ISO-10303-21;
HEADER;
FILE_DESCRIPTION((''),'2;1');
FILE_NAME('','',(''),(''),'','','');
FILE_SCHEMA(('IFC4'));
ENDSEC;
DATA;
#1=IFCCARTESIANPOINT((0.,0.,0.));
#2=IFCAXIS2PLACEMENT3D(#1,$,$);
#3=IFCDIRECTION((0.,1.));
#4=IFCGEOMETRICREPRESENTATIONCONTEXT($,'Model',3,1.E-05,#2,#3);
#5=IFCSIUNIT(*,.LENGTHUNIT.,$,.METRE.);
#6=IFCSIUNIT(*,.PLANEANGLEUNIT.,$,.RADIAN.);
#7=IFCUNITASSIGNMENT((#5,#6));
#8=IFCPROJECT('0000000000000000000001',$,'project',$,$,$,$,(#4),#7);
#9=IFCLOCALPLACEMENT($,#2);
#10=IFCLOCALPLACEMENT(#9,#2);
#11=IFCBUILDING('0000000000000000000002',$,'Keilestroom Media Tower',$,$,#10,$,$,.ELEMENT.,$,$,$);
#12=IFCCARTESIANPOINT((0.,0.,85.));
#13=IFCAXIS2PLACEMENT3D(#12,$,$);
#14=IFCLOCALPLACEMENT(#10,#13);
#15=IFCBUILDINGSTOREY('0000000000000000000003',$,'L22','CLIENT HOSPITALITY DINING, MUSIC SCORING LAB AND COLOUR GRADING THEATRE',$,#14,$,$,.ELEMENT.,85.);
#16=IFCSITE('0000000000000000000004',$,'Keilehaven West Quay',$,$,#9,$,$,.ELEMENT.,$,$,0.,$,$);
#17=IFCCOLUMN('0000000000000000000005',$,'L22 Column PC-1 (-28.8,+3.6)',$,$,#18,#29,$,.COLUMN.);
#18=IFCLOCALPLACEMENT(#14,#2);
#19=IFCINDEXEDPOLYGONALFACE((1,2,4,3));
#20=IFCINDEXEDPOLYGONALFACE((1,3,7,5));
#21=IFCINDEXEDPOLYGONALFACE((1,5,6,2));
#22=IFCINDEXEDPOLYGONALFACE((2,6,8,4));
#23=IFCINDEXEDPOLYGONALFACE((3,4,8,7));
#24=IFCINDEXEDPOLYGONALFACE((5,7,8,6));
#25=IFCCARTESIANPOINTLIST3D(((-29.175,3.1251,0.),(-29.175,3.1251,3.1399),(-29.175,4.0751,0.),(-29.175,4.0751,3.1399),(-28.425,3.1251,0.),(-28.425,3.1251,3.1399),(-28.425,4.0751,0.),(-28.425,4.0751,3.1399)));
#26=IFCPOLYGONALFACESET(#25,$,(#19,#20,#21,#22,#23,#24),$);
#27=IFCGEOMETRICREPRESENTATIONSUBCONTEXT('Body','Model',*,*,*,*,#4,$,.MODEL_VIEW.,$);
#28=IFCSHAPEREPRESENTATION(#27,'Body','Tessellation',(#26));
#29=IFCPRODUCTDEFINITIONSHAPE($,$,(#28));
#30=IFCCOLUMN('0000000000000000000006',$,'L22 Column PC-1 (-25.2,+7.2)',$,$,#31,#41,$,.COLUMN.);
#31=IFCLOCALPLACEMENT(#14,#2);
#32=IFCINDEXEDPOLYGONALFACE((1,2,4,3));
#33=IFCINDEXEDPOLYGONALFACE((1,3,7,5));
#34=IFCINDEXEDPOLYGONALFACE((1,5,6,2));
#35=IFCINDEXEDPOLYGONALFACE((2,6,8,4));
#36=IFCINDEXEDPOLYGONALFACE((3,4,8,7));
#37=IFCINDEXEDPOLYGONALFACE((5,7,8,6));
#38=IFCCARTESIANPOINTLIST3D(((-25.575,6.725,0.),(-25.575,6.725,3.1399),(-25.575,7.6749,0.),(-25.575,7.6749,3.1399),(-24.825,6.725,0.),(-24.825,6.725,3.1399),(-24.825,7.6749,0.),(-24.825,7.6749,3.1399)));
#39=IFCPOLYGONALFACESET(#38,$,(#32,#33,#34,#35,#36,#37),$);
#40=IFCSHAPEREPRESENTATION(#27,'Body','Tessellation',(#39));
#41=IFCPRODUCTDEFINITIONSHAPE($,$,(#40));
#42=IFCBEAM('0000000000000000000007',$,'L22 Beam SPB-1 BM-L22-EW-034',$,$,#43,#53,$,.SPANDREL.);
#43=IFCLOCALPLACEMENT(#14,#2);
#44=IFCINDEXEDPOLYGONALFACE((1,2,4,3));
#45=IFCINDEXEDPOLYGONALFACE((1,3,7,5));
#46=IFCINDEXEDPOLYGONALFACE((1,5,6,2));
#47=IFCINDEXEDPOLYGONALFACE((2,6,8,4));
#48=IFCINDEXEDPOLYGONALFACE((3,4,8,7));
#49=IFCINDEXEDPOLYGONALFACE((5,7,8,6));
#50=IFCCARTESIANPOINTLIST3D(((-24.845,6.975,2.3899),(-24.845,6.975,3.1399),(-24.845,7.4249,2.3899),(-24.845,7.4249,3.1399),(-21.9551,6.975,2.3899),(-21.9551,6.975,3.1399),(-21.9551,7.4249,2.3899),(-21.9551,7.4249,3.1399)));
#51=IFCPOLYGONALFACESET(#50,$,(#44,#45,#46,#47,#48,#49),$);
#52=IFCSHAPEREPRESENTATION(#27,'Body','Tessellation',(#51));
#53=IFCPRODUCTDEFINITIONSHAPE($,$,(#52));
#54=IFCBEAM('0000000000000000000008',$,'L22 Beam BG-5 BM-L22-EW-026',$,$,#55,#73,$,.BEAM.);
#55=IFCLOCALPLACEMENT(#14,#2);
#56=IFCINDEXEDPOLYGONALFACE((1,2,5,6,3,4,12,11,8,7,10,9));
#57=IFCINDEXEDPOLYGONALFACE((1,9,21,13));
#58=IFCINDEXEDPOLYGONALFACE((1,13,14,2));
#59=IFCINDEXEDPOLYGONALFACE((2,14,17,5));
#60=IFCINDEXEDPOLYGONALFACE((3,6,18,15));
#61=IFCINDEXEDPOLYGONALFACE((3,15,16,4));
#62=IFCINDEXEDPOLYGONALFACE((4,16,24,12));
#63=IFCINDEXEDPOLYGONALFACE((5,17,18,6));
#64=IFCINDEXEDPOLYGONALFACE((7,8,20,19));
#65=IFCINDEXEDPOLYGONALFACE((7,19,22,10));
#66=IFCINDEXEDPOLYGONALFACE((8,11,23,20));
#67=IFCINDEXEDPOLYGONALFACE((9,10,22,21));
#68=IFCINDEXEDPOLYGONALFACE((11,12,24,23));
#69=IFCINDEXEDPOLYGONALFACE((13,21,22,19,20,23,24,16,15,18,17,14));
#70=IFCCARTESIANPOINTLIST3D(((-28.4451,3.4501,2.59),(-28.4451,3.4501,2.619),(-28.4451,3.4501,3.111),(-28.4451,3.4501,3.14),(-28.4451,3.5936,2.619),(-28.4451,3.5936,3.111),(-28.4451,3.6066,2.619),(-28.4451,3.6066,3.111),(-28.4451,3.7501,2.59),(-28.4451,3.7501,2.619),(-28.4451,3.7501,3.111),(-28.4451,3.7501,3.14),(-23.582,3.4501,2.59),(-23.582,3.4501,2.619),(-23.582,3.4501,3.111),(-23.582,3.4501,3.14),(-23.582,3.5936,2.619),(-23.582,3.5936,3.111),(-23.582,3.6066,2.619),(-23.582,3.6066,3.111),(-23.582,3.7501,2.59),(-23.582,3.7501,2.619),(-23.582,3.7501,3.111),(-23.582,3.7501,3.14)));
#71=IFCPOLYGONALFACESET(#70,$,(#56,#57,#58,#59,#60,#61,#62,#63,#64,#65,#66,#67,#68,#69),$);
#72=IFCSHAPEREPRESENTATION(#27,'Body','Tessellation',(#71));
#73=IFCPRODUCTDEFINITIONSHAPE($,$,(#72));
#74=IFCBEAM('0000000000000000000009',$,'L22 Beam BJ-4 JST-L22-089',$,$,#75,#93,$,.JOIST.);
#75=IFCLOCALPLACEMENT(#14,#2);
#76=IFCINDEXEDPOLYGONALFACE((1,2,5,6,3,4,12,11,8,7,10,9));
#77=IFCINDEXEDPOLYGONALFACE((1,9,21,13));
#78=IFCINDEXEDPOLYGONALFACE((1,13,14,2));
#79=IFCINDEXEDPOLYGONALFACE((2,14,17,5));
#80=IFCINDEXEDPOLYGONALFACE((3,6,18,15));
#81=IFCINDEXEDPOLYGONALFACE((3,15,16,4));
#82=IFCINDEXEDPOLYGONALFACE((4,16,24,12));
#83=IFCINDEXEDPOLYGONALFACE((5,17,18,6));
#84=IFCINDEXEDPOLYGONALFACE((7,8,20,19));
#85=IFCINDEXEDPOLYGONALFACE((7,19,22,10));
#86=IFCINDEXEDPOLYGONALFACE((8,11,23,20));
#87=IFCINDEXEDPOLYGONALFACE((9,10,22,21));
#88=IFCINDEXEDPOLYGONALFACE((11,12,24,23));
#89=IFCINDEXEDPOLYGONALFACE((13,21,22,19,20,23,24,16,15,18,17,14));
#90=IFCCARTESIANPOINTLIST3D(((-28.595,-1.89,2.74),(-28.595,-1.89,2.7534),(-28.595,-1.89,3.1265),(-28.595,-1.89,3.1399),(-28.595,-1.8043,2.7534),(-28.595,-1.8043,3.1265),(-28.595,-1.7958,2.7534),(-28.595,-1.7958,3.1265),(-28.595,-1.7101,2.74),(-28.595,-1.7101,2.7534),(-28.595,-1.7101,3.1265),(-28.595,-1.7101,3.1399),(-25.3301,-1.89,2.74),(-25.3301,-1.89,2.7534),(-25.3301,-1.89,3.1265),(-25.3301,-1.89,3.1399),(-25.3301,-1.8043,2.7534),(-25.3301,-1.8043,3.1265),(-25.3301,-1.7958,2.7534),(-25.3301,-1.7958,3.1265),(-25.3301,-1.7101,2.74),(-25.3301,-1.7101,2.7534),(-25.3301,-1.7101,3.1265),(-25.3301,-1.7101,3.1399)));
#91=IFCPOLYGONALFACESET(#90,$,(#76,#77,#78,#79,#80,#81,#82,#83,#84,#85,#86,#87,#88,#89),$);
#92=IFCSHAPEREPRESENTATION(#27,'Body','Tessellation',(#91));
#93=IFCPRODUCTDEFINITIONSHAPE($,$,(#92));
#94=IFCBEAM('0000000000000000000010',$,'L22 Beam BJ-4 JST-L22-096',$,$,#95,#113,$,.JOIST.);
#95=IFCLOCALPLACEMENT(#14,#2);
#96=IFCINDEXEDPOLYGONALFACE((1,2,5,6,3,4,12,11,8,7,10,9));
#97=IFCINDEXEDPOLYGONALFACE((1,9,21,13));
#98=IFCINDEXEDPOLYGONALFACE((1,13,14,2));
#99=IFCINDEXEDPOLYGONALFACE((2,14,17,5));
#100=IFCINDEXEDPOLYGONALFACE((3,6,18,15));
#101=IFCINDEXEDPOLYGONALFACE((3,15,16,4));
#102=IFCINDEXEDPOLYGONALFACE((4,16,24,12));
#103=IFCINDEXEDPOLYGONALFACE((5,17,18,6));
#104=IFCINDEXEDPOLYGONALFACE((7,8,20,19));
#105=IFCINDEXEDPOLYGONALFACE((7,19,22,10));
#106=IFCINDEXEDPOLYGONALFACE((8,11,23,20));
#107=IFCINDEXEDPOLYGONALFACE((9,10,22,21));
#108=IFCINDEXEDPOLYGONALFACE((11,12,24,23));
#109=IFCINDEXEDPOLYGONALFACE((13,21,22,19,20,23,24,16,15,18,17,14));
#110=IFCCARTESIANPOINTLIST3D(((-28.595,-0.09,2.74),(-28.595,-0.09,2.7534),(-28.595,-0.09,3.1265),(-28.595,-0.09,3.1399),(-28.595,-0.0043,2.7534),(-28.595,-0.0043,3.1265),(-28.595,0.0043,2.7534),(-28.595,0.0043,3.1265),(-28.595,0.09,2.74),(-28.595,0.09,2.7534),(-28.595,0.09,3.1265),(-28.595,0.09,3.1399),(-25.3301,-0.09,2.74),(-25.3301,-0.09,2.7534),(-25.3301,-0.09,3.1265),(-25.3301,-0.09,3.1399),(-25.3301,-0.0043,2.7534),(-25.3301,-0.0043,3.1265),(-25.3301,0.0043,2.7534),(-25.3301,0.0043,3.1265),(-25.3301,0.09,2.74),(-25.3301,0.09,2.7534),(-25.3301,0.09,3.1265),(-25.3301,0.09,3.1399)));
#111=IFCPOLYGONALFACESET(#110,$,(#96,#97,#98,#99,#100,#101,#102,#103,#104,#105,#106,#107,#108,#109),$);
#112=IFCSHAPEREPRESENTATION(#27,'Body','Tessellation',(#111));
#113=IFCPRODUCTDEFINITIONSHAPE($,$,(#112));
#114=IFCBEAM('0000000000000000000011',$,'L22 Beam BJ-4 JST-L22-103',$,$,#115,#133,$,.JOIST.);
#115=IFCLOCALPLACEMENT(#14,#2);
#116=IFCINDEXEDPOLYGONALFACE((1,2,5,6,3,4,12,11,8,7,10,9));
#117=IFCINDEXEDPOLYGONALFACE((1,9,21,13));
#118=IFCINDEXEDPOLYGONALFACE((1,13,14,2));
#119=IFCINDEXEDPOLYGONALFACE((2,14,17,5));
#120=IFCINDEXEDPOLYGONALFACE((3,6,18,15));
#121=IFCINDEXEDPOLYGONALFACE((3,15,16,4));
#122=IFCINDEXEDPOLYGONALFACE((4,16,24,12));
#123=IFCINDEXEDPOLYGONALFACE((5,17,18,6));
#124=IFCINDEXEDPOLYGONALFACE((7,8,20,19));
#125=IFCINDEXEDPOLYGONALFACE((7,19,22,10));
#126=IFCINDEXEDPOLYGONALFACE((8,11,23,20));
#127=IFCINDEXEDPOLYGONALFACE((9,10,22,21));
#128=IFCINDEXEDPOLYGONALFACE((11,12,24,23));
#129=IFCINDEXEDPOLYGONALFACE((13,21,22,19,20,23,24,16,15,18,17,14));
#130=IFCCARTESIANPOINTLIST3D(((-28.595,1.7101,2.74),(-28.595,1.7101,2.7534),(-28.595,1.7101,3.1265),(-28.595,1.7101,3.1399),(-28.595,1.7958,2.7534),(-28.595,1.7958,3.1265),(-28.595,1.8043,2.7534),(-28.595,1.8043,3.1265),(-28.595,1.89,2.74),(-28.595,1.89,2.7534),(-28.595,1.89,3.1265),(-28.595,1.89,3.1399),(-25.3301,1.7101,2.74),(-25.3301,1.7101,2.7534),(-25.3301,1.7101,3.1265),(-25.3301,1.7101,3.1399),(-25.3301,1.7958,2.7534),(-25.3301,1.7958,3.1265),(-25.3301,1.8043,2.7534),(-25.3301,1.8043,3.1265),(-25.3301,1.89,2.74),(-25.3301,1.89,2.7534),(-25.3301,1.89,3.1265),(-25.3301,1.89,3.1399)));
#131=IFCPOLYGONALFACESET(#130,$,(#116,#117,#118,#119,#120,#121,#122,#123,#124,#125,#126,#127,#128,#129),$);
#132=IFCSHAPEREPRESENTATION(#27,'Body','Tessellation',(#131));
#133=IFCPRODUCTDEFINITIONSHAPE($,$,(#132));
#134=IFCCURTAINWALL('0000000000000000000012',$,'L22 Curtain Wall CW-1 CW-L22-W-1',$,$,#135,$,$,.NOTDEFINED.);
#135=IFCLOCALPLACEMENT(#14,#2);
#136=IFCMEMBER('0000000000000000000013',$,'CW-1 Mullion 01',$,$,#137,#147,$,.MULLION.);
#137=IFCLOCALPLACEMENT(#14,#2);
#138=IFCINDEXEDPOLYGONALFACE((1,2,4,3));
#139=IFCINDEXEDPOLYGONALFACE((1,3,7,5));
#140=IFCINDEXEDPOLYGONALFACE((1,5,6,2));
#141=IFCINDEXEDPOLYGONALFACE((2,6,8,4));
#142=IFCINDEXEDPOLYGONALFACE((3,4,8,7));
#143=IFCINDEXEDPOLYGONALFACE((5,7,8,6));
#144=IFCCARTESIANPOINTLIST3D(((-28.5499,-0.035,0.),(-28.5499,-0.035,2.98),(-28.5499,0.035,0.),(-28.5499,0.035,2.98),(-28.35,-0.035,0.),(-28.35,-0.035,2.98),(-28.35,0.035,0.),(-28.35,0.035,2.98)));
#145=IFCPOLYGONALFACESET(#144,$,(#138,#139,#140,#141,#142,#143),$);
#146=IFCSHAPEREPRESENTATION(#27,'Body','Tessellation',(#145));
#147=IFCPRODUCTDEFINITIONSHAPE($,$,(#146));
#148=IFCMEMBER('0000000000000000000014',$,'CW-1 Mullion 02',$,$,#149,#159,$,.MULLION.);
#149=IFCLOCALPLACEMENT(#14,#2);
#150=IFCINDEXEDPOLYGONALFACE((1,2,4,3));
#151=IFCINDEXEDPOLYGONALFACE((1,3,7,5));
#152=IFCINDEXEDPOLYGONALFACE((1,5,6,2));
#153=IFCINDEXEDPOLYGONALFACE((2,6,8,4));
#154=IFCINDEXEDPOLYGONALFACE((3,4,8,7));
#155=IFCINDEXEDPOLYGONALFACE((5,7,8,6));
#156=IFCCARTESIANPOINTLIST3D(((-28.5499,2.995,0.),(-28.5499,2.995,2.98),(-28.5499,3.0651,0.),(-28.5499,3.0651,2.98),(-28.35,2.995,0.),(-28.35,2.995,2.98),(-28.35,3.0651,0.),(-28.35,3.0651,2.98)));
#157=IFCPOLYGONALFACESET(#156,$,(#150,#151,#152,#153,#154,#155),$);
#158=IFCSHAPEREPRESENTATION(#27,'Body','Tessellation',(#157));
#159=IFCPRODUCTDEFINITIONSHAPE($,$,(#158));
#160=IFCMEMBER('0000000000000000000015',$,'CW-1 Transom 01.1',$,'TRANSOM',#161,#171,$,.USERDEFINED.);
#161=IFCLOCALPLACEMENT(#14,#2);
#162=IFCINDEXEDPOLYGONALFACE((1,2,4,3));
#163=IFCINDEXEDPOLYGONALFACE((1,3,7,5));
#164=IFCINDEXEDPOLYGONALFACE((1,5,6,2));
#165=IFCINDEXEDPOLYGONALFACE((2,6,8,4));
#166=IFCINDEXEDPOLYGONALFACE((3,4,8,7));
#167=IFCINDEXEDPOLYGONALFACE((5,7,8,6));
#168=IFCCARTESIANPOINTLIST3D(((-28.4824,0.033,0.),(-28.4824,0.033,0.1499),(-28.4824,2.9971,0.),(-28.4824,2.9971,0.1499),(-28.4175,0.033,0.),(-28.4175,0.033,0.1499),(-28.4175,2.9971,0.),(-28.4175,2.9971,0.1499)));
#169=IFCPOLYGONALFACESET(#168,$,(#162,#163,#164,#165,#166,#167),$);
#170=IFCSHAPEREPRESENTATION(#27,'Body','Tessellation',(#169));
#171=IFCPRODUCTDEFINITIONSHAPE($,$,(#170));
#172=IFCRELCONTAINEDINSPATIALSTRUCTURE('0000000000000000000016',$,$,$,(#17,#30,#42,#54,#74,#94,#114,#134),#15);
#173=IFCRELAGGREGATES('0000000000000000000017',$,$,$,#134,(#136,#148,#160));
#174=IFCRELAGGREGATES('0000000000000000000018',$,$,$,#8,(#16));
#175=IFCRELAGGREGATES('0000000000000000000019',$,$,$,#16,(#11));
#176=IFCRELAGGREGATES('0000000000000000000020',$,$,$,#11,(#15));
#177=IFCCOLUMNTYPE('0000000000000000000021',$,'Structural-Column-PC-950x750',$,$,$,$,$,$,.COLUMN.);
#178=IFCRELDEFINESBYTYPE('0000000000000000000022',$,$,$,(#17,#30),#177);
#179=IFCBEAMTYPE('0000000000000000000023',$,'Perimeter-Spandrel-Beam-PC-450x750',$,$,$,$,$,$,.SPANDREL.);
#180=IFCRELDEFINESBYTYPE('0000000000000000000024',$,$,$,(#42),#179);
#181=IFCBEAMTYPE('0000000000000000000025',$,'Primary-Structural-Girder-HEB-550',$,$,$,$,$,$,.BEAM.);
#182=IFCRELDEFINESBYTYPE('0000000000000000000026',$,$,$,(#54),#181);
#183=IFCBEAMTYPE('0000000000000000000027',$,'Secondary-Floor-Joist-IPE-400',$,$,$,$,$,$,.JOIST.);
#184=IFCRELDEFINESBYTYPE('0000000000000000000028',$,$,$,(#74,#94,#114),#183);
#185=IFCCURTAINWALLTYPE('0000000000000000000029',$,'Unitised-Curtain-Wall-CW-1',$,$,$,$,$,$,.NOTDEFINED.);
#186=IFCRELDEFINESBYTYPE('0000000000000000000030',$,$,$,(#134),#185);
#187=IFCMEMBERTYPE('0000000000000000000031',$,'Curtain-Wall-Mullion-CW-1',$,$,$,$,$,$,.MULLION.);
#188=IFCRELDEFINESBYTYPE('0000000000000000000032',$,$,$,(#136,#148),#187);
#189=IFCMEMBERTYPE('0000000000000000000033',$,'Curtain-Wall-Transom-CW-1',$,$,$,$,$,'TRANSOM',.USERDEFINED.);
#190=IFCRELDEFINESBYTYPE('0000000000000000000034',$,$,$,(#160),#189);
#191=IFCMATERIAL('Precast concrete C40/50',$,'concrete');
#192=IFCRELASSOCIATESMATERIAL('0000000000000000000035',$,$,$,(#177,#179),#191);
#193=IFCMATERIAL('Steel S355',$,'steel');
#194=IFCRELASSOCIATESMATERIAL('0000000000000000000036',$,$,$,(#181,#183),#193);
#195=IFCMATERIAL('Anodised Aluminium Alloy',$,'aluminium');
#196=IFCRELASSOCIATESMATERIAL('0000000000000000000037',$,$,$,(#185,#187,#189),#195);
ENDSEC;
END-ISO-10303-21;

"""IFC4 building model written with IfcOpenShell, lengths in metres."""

from ifc_helpers import new_model, si_unit, direction, frame, origin, origin_2d, place, context, subcontext, project, spatial, rectangle, i_section, extrude, source, transform, mapped, material, material_profile, profile_set, type_object, element, aggregate, save


model = new_model("IFC4")

# Units and contexts
model_context = context("Model", 3, precision=1e-05, world=origin(), true_north=direction((0.0, 1.0)))
body_context = subcontext(model_context, "Body", "Model", "MODEL_VIEW")
ifc_project = project(units=[si_unit("LENGTHUNIT", "METRE"), si_unit("PLANEANGLEUNIT", "RADIAN")], contexts=[model_context])

# Site, building, storey
site_placement = place(None, origin())
site = spatial("IfcSite", under=ifc_project, at=site_placement, Name="Keilehaven West Quay", CompositionType="ELEMENT", RefElevation=0.0)
building_placement = place(site_placement, origin())
building = spatial("IfcBuilding", under=site, at=building_placement, Name="Keilestroom Media Tower", CompositionType="ELEMENT")
storey_placement = place(building_placement, frame((0.0, 0.0, 85.0)))
storey = spatial("IfcBuildingStorey", under=building, at=storey_placement, Name="L22", Description="CLIENT HOSPITALITY DINING, MUSIC SCORING LAB AND COLOUR GRADING THEATRE", CompositionType="ELEMENT", Elevation=85.0)

# Columns
ifc_material_1 = material(Name="Precast concrete C40/50", Category="concrete")
ifc_material_profile_1 = material_profile(ifc_material_1, rectangle(XDim=0.75, YDim=0.95, at=origin_2d()), Name="PC 950x750")
ifc_profile_set_1 = profile_set([ifc_material_profile_1], Name="Precast concrete C40/50")
column_type = type_object("IfcColumnType", Name="Structural-Column-PC-950x750", PredefinedType="COLUMN", material=ifc_profile_set_1)
shared_shape_1 = source(origin(), body_context, "Body", "SweptSolid", [
    extrude(rectangle(XDim=0.75, YDim=0.95, at=origin_2d()), origin(), (0.0, 0.0, 1.0), 3.1399),
])
for number, where, z_axis, x_axis, name in (
    (1, (-28.8, 3.6001, 0.0), (0.0, 0.0, 1.0), (1.0, 0.0, 0.0), "L22 Column PC-1 (-28.8,+3.6)"),
    (2, (-25.2, 7.2, 0.0), (0.0, 0.0, 1.0), (1.0, 0.0, 0.0), "L22 Column PC-1 (-25.2,+7.2)"),
):
    element("IfcColumn", number, at=place(storey_placement, frame(where, z_axis=z_axis, x_axis=x_axis)), inside=storey, type_object=column_type, Name=name, PredefinedType="COLUMN", context=body_context, shape_type="MappedRepresentation", body=[
        mapped(shared_shape_1, transform((0.0, 0.0, 0.0), x_axis=(1.0, 0.0, 0.0), y_axis=(0.0, 1.0, 0.0), z_axis=(0.0, 0.0, 1.0), scale=1.0)),
    ])

# Beams
ifc_material_profile_2 = material_profile(ifc_material_1, rectangle(XDim=0.45, YDim=0.75, at=origin_2d()), Name="PC 450x750")
ifc_profile_set_2 = profile_set([ifc_material_profile_2], Name="Precast concrete C40/50")
beam_type_1 = type_object("IfcBeamType", Name="Perimeter-Spandrel-Beam-PC-450x750", PredefinedType="SPANDREL", material=ifc_profile_set_2)
shared_shape_2 = source(origin(), body_context, "Body", "SweptSolid", [
    extrude(rectangle(XDim=0.45, YDim=0.75, at=origin_2d()), origin(), (0.0, 0.0, 1.0), 2.8899),
])
beam_1_placement = place(storey_placement, frame((-24.845, 7.2, 2.7649), z_axis=(1.0, 0.0, 0.0), x_axis=(0.0, 1.0, 0.0)))
element("IfcBeam", 3, at=beam_1_placement, inside=storey, type_object=beam_type_1, Name="L22 Beam SPB-1 BM-L22-EW-034", PredefinedType="SPANDREL", context=body_context, shape_type="MappedRepresentation", body=[
    mapped(shared_shape_2, transform((0.0, 0.0, 0.0), x_axis=(1.0, 0.0, 0.0), y_axis=(0.0, 1.0, 0.0), z_axis=(0.0, 0.0, 1.0), scale=1.0)),
])
ifc_material_2 = material(Name="Steel S355", Category="steel")
ifc_material_profile_3 = material_profile(ifc_material_2, i_section(OverallWidth=0.3, OverallDepth=0.55, WebThickness=0.0129, FlangeThickness=0.0291, at=origin_2d()), Name="HEB 550")
ifc_profile_set_3 = profile_set([ifc_material_profile_3], Name="Steel S355")
beam_type_2 = type_object("IfcBeamType", Name="Primary-Structural-Girder-HEB-550", PredefinedType="BEAM", material=ifc_profile_set_3)
shared_shape_3 = source(origin(), body_context, "Body", "SweptSolid", [
    extrude(i_section(OverallWidth=0.3, OverallDepth=0.55, WebThickness=0.0129, FlangeThickness=0.0291, at=origin_2d()), origin(), (0.0, 0.0, 1.0), 4.863),
])
beam_2_placement = place(storey_placement, frame((-28.4451, 3.6001, 2.865), z_axis=(1.0, 0.0, 0.0), x_axis=(0.0, 1.0, 0.0)))
element("IfcBeam", 4, at=beam_2_placement, inside=storey, type_object=beam_type_2, Name="L22 Beam BG-5 BM-L22-EW-026", PredefinedType="BEAM", context=body_context, shape_type="MappedRepresentation", body=[
    mapped(shared_shape_3, transform((0.0, 0.0, 0.0), x_axis=(1.0, 0.0, 0.0), y_axis=(0.0, 1.0, 0.0), z_axis=(0.0, 0.0, 1.0), scale=1.0)),
])
ifc_material_profile_4 = material_profile(ifc_material_2, i_section(OverallWidth=0.1799, OverallDepth=0.3999, WebThickness=0.0085, FlangeThickness=0.0134, at=origin_2d()), Name="IPE 400")
ifc_profile_set_4 = profile_set([ifc_material_profile_4], Name="Steel S355")
beam_type_3 = type_object("IfcBeamType", Name="Secondary-Floor-Joist-IPE-400", PredefinedType="JOIST", material=ifc_profile_set_4)
shared_shape_4 = source(origin(), body_context, "Body", "SweptSolid", [
    extrude(i_section(OverallWidth=0.1799, OverallDepth=0.3999, WebThickness=0.0085, FlangeThickness=0.0134, at=origin_2d()), origin(), (0.0, 0.0, 1.0), 3.2649),
])
for number, where, z_axis, x_axis, name in (
    (5, (-28.595, -1.8, 2.9399), (1.0, 0.0, 0.0), (0.0, 1.0, 0.0), "L22 Beam BJ-4 JST-L22-089"),
    (6, (-28.595, 0.0, 2.9399), (1.0, 0.0, 0.0), (0.0, 1.0, 0.0), "L22 Beam BJ-4 JST-L22-096"),
    (7, (-28.595, 1.8, 2.9399), (1.0, 0.0, 0.0), (0.0, 1.0, 0.0), "L22 Beam BJ-4 JST-L22-103"),
):
    element("IfcBeam", number, at=place(storey_placement, frame(where, z_axis=z_axis, x_axis=x_axis)), inside=storey, type_object=beam_type_3, Name=name, PredefinedType="JOIST", context=body_context, shape_type="MappedRepresentation", body=[
        mapped(shared_shape_4, transform((0.0, 0.0, 0.0), x_axis=(1.0, 0.0, 0.0), y_axis=(0.0, 1.0, 0.0), z_axis=(0.0, 0.0, 1.0), scale=1.0)),
    ])

# Curtain wall, members
ifc_material_3 = material(Name="Anodised Aluminium Alloy", Category="aluminium")
curtain_wall_type = type_object("IfcCurtainWallType", Name="Unitised-Curtain-Wall-CW-1", PredefinedType="NOTDEFINED", material=ifc_material_3)
curtain_wall_placement = place(storey_placement, origin())
curtain_wall = element("IfcCurtainWall", 8, at=curtain_wall_placement, inside=storey, type_object=curtain_wall_type, Name="L22 Curtain Wall CW-1 CW-L22-W-1", PredefinedType="NOTDEFINED")
ifc_material_profile_5 = material_profile(ifc_material_3, rectangle(XDim=0.0701, YDim=0.2, at=origin_2d()), Name="ALU MULLION 70x200")
ifc_profile_set_5 = profile_set([ifc_material_profile_5], Name="Anodised Aluminium Alloy")
member_type_1 = type_object("IfcMemberType", Name="Curtain-Wall-Mullion-CW-1", PredefinedType="MULLION", material=ifc_profile_set_5)
shared_shape_5 = source(origin(), body_context, "Body", "SweptSolid", [
    extrude(rectangle(XDim=0.0701, YDim=0.2, at=origin_2d()), origin(), (0.0, 0.0, 1.0), 2.98),
])
member_1_placement = place(storey_placement, frame((-28.45, 0.0, 0.0), z_axis=(0.0, 0.0, 1.0), x_axis=(0.0, 1.0, 0.0)))
member_1 = element("IfcMember", 9, at=member_1_placement, type_object=member_type_1, Name="CW-1 Mullion 01", PredefinedType="MULLION", context=body_context, shape_type="MappedRepresentation", body=[
    mapped(shared_shape_5, transform((0.0, 0.0, 0.0), x_axis=(1.0, 0.0, 0.0), y_axis=(0.0, 1.0, 0.0), z_axis=(0.0, 0.0, 1.0), scale=1.0)),
])
member_2_placement = place(storey_placement, frame((-28.45, 3.03, 0.0), z_axis=(0.0, 0.0, 1.0), x_axis=(0.0, 1.0, 0.0)))
member_2 = element("IfcMember", 10, at=member_2_placement, type_object=member_type_1, Name="CW-1 Mullion 02", PredefinedType="MULLION", context=body_context, shape_type="MappedRepresentation", body=[
    mapped(shared_shape_5, transform((0.0, 0.0, 0.0), x_axis=(1.0, 0.0, 0.0), y_axis=(0.0, 1.0, 0.0), z_axis=(0.0, 0.0, 1.0), scale=1.0)),
])
ifc_material_profile_6 = material_profile(ifc_material_3, rectangle(XDim=0.0649, YDim=0.1499, at=origin_2d()), Name="ALU TRANSOM 65x150")
ifc_profile_set_6 = profile_set([ifc_material_profile_6], Name="Anodised Aluminium Alloy")
member_type_2 = type_object("IfcMemberType", Name="Curtain-Wall-Transom-CW-1", ElementType="TRANSOM", PredefinedType="USERDEFINED", material=ifc_profile_set_6)
shared_shape_6 = source(origin(), body_context, "Body", "SweptSolid", [
    extrude(rectangle(XDim=0.0649, YDim=0.1499, at=origin_2d()), origin(), (0.0, 0.0, 1.0), 2.9641),
])
member_3_placement = place(storey_placement, frame((-28.45, 0.033, 0.075), z_axis=(0.0, 1.0, 0.0), x_axis=(-1.0, 0.0, 0.0)))
member_3 = element("IfcMember", 11, at=member_3_placement, type_object=member_type_2, Name="CW-1 Transom 01.1", ObjectType="TRANSOM", PredefinedType="USERDEFINED", context=body_context, shape_type="MappedRepresentation", body=[
    mapped(shared_shape_6, transform((0.0, 0.0, 0.0), x_axis=(1.0, 0.0, 0.0), y_axis=(0.0, 1.0, 0.0), z_axis=(0.0, 0.0, 1.0), scale=1.0)),
])
aggregate(curtain_wall, [member_1, member_2, member_3])

save(model, "model.ifc")
